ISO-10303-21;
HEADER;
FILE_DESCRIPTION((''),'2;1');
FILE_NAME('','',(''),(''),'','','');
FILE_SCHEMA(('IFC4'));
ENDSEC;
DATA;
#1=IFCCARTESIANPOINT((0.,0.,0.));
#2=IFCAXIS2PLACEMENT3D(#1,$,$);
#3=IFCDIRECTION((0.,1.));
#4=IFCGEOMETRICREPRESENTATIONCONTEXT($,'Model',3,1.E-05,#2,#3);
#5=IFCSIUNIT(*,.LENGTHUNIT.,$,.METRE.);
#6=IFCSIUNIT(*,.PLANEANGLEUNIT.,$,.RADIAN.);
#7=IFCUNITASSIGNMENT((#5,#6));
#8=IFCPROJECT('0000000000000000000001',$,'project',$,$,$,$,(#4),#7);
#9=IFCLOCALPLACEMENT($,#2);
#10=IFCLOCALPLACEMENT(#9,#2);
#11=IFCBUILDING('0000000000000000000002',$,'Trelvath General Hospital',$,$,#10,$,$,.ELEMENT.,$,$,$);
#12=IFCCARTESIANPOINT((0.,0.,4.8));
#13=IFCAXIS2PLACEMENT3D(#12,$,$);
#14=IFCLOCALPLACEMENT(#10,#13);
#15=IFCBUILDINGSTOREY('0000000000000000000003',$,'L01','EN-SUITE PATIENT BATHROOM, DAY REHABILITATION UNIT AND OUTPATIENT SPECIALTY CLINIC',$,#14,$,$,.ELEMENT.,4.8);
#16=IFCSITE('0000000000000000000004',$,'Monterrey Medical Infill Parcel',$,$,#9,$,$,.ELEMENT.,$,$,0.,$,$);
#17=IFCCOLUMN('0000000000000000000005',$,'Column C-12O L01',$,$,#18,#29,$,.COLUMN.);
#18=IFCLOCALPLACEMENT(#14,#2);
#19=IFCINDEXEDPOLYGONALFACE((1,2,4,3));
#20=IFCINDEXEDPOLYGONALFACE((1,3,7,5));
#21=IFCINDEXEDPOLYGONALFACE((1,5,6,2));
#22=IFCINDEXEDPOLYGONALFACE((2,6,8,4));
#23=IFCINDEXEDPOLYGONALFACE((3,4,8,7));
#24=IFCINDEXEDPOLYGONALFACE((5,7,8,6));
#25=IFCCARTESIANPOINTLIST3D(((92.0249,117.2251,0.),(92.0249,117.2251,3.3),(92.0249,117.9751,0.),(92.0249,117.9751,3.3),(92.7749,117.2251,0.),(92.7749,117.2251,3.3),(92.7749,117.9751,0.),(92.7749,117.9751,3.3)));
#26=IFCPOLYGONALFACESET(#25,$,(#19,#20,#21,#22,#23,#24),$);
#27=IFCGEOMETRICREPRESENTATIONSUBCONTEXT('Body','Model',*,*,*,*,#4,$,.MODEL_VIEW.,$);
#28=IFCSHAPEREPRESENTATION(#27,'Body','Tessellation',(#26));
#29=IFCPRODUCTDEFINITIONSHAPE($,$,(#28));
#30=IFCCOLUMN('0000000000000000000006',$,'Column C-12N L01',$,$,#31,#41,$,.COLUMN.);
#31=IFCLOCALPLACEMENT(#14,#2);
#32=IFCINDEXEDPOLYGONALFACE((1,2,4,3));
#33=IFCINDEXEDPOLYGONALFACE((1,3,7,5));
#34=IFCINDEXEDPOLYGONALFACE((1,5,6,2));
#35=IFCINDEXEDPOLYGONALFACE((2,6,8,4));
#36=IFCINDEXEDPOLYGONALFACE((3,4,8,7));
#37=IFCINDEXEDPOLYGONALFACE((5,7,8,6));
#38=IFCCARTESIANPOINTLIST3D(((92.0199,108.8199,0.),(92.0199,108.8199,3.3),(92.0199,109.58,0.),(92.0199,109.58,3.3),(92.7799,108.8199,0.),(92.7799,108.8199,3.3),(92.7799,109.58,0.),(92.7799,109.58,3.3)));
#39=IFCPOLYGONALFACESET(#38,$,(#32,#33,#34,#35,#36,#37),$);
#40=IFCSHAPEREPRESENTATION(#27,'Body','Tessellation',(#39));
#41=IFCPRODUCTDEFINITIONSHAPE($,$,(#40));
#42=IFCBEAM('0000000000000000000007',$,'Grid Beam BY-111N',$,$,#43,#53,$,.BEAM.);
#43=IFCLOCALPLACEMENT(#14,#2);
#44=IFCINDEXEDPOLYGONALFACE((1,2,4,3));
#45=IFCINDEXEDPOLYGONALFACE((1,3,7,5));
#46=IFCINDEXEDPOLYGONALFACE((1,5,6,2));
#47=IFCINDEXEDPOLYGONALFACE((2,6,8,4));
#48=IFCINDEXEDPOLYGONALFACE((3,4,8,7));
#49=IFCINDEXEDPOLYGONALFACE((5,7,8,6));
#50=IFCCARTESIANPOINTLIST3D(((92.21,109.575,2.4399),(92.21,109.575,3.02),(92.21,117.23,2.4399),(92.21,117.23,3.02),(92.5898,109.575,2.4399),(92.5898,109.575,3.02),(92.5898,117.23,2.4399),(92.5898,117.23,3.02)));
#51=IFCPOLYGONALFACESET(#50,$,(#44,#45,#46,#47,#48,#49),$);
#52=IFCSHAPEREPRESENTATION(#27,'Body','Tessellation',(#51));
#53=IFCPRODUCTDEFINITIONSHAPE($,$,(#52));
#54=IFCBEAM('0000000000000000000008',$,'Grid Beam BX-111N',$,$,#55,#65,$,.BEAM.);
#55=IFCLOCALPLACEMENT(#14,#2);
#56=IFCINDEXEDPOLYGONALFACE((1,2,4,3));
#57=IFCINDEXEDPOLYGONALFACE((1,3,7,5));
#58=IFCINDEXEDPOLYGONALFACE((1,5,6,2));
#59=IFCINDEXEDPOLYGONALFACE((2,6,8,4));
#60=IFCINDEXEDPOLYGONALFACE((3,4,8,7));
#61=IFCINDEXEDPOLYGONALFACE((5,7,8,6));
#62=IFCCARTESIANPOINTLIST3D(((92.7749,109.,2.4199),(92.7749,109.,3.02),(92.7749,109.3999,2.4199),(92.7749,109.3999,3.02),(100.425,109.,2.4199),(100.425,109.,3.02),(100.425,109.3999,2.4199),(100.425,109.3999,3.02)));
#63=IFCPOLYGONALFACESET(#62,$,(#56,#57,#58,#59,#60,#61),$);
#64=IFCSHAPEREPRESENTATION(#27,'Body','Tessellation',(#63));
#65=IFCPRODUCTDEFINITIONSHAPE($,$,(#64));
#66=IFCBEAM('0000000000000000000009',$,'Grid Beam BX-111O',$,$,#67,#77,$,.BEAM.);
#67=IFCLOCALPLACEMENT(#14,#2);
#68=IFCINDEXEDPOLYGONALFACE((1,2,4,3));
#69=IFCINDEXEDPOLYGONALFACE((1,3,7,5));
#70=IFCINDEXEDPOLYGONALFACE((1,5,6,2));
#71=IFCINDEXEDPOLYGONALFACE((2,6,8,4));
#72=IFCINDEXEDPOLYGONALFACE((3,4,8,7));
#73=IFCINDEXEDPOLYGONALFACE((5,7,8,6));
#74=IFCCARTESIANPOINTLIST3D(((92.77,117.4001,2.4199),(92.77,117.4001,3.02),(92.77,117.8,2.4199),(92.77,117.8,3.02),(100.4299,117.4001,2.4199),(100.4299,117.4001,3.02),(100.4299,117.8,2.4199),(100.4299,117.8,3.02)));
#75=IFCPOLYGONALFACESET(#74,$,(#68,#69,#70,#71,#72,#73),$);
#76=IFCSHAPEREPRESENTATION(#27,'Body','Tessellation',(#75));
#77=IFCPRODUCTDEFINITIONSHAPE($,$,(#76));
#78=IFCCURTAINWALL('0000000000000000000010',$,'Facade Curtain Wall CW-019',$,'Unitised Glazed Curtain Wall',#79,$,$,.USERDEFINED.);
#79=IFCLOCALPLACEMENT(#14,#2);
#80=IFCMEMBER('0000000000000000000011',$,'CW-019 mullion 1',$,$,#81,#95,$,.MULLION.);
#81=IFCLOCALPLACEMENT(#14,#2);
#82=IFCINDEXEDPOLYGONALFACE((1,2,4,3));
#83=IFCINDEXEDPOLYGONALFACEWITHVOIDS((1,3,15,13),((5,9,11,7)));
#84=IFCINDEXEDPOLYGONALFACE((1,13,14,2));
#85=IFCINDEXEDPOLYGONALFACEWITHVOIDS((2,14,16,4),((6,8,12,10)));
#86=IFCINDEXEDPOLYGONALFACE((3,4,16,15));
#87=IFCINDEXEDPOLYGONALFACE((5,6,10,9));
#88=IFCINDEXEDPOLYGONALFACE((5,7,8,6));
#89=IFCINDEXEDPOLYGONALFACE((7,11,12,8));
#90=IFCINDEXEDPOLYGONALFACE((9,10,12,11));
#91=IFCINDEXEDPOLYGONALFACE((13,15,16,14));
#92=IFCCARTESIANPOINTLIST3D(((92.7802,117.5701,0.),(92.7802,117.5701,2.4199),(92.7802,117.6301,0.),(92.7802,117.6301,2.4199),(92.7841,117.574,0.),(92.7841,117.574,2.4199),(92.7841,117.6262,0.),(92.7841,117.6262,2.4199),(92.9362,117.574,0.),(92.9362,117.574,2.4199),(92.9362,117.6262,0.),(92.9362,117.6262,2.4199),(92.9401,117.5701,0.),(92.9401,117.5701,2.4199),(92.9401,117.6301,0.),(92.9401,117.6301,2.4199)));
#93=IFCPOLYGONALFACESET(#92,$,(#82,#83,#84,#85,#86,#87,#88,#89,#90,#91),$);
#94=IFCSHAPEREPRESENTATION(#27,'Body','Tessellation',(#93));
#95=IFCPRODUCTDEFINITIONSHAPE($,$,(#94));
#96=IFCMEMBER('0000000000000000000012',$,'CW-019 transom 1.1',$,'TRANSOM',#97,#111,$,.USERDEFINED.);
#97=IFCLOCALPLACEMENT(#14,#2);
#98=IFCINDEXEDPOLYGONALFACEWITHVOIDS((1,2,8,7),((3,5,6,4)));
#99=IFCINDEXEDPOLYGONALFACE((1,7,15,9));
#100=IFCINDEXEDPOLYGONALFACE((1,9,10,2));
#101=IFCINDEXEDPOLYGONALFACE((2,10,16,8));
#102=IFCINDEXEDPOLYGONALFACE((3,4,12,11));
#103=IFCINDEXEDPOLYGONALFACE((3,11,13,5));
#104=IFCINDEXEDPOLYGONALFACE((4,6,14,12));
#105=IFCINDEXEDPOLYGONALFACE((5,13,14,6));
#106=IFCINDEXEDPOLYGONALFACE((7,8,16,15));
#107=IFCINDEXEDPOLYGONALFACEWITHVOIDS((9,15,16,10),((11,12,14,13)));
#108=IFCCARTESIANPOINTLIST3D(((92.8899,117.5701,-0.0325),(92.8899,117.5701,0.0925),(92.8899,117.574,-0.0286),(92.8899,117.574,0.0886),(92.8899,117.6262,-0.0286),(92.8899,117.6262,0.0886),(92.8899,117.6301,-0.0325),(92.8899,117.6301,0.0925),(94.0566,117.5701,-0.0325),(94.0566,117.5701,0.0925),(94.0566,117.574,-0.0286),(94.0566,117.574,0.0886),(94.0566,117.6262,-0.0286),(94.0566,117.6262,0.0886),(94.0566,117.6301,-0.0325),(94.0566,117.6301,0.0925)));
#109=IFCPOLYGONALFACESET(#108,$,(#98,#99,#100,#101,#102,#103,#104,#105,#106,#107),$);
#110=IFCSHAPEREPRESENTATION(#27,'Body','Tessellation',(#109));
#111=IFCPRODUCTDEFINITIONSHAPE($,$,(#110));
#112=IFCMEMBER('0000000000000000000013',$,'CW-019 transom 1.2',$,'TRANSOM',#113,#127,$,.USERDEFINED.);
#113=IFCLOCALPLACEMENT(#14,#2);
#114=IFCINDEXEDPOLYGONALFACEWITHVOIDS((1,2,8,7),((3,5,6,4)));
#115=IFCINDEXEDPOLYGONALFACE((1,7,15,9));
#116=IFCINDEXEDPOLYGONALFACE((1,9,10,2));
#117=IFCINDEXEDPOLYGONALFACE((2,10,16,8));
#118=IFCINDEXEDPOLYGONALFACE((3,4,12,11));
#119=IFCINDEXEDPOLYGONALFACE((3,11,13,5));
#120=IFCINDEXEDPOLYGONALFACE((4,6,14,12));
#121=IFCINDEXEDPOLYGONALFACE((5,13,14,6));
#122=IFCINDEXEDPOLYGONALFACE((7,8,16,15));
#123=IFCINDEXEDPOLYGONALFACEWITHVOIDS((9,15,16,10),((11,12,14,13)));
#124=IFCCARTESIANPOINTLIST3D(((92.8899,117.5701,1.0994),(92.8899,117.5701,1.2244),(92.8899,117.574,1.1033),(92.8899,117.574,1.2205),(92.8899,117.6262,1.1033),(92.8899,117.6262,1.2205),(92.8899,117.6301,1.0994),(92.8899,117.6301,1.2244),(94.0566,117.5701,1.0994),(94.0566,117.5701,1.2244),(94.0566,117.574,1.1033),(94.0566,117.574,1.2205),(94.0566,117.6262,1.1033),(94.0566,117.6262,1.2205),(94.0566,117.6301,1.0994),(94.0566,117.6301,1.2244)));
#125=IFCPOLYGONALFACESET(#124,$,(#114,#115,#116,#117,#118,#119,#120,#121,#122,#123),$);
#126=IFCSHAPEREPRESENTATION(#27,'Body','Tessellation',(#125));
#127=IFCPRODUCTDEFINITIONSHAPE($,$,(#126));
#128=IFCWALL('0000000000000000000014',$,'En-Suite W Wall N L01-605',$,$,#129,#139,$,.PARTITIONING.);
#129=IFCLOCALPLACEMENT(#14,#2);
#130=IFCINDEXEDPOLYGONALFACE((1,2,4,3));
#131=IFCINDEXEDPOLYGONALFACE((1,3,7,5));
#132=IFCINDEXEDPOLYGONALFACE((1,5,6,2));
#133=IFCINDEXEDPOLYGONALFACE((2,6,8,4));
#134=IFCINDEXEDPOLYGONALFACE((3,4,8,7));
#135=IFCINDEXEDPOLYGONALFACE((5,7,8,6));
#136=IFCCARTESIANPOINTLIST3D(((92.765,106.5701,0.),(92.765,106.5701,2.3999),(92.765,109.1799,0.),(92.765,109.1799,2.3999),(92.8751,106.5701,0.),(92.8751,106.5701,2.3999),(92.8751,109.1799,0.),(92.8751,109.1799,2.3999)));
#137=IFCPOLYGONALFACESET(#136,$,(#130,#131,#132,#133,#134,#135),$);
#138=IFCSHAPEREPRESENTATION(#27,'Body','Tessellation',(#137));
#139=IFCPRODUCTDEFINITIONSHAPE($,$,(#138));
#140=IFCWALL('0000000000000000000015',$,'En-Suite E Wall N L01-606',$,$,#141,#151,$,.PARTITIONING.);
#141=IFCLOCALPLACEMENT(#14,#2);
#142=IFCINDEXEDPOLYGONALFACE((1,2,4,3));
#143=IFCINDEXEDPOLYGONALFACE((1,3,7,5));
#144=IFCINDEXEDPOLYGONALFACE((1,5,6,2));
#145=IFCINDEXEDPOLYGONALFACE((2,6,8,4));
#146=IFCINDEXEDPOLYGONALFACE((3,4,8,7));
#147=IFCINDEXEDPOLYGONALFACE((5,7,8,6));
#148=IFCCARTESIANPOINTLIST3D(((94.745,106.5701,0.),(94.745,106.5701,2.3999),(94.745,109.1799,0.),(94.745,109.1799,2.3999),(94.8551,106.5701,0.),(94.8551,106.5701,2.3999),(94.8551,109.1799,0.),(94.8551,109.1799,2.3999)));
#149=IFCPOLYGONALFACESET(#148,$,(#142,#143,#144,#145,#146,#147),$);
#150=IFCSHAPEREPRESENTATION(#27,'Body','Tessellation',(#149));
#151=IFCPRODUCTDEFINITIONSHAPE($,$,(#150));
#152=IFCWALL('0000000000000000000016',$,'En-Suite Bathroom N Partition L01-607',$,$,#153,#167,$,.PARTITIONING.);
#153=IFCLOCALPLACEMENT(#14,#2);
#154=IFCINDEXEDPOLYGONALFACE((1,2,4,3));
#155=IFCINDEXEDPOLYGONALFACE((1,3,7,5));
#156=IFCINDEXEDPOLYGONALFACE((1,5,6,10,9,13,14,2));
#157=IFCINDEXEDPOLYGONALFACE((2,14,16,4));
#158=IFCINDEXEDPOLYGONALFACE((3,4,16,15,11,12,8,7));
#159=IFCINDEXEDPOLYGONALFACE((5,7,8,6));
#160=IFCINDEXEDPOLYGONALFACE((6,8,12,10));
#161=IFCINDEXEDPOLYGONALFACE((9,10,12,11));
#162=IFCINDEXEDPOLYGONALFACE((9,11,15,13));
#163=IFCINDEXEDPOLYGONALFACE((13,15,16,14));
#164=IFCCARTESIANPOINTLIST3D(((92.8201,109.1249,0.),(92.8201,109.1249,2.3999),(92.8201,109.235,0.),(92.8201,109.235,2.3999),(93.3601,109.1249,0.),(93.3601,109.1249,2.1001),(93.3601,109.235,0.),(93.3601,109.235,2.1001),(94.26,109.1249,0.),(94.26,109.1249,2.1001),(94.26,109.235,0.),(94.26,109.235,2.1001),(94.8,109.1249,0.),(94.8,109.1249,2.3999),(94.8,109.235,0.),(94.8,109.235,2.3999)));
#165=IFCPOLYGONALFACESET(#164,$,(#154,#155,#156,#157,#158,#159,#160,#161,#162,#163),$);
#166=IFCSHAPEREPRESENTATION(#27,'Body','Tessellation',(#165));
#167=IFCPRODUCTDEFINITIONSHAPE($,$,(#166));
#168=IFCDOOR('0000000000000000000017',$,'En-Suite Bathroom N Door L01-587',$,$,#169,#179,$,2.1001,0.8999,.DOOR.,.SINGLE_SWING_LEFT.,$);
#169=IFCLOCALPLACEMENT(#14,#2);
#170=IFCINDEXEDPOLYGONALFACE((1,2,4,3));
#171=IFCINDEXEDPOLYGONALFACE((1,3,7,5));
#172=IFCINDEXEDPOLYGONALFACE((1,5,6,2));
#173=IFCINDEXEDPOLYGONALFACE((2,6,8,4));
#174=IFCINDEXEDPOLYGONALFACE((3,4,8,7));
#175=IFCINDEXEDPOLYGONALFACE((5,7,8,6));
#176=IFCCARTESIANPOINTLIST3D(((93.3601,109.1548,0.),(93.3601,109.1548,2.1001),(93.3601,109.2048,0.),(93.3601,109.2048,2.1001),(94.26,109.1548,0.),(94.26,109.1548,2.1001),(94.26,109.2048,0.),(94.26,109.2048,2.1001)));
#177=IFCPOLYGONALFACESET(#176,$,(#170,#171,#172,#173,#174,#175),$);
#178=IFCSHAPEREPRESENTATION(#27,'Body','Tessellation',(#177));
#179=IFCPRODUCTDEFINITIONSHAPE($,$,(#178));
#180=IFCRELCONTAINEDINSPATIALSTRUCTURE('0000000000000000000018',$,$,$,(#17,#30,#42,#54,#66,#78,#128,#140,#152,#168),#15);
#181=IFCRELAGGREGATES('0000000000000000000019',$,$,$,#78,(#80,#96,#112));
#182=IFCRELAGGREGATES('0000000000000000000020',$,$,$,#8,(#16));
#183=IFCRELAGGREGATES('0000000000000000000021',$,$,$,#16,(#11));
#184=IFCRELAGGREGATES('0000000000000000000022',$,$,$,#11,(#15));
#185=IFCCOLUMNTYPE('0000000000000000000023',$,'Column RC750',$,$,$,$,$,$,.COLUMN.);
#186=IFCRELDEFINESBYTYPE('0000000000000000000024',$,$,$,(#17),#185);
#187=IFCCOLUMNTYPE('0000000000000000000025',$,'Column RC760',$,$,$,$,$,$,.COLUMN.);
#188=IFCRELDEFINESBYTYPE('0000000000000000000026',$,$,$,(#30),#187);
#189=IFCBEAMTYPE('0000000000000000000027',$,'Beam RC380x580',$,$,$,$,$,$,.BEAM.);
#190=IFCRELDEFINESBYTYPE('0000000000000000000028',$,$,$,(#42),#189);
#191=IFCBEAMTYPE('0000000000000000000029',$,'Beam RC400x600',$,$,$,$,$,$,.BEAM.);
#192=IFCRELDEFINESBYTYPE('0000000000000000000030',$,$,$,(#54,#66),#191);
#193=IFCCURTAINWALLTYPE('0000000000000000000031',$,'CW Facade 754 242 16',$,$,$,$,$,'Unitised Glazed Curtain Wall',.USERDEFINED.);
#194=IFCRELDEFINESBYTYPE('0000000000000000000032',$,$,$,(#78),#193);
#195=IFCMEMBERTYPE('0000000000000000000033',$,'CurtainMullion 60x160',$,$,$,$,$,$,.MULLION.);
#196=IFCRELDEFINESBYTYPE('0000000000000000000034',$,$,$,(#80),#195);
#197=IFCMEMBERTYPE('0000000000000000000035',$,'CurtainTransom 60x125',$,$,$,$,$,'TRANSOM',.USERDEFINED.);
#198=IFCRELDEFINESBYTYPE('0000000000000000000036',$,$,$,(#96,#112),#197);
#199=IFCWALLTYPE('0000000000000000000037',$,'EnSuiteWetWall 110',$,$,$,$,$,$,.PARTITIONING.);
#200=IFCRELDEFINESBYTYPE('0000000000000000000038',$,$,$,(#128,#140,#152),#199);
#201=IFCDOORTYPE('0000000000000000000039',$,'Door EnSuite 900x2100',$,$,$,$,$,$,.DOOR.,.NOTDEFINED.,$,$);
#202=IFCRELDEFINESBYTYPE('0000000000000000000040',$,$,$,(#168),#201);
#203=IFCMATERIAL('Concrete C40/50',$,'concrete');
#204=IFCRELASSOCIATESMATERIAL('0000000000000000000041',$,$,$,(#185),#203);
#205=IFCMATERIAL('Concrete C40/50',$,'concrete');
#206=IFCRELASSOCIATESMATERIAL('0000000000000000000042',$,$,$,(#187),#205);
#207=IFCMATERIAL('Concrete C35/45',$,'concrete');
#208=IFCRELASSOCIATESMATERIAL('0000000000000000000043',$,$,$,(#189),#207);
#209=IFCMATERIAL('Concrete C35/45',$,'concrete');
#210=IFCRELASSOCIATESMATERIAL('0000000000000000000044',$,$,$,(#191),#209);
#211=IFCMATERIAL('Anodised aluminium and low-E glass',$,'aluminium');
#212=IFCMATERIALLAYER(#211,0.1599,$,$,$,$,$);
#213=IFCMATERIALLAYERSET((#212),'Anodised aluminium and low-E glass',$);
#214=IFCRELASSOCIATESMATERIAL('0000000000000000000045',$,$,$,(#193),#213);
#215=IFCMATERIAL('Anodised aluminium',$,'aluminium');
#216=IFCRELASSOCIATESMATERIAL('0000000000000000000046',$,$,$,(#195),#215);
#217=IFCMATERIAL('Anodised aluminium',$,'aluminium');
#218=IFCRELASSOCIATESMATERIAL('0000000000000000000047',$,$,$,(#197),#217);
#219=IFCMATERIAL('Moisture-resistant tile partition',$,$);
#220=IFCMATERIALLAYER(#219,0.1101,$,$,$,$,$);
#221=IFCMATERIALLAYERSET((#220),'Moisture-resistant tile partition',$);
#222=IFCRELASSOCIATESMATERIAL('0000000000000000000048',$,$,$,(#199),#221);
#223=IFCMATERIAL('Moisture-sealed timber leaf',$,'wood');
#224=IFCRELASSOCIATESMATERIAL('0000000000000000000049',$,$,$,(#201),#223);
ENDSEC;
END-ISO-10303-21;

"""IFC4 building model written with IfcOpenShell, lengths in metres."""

from ifc_helpers import new_model, si_unit, direction, frame, frame_2d, origin, origin_2d, place, context, subcontext, project, spatial, rectangle, hollow_rectangle, extrude, material, layer, layer_set, material_profile, profile_set, type_object, element, fill, aggregate, save


model = new_model("IFC4")

# Units and contexts
model_context = context("Model", 3, precision=1e-05, world=origin(), true_north=direction((0.0, 1.0)))
body_context = subcontext(model_context, "Body", "Model", "MODEL_VIEW")
ifc_project = project(units=[si_unit("LENGTHUNIT", "METRE"), si_unit("PLANEANGLEUNIT", "RADIAN")], contexts=[model_context])

# Site, building, storey
site_placement = place(None, origin())
site = spatial("IfcSite", under=ifc_project, at=site_placement, Name="Monterrey Medical Infill Parcel", CompositionType="ELEMENT", RefElevation=0.0)
building_placement = place(site_placement, origin())
building = spatial("IfcBuilding", under=site, at=building_placement, Name="Trelvath General Hospital", CompositionType="ELEMENT")
storey_placement = place(building_placement, frame((0.0, 0.0, 4.8)))
storey = spatial("IfcBuildingStorey", under=building, at=storey_placement, Name="L01", Description="EN-SUITE PATIENT BATHROOM, DAY REHABILITATION UNIT AND OUTPATIENT SPECIALTY CLINIC", CompositionType="ELEMENT", Elevation=4.8)

# Columns
ifc_material_1 = material(Name="Concrete C40/50", Category="concrete")
ifc_material_profile_1 = material_profile(ifc_material_1, rectangle(XDim=0.75, YDim=0.75, at=origin_2d()), Name="RC750x750")
ifc_profile_set_1 = profile_set([ifc_material_profile_1], Name="Concrete C40/50")
column_type_1 = type_object("IfcColumnType", Name="Column RC750", PredefinedType="COLUMN", material=ifc_profile_set_1)
column_1_placement = place(storey_placement, frame((92.3999, 117.6001, 0.0), z_axis=(0.0, 0.0, 1.0), x_axis=(1.0, 0.0, 0.0)))
element("IfcColumn", 1, at=column_1_placement, inside=storey, type_object=column_type_1, Name="Column C-12O L01", PredefinedType="COLUMN", context=body_context, shape_type="SweptSolid", body=[
    extrude(rectangle(XDim=0.75, YDim=0.75, at=origin_2d()), origin(), (0.0, 0.0, 1.0), 3.3),
])
ifc_material_2 = material(Name="Concrete C40/50", Category="concrete")
ifc_material_profile_2 = material_profile(ifc_material_2, rectangle(XDim=0.76, YDim=0.76, at=origin_2d()), Name="RC760x760")
ifc_profile_set_2 = profile_set([ifc_material_profile_2], Name="Concrete C40/50")
column_type_2 = type_object("IfcColumnType", Name="Column RC760", PredefinedType="COLUMN", material=ifc_profile_set_2)
column_2_placement = place(storey_placement, frame((92.3999, 109.2, 0.0), z_axis=(0.0, 0.0, 1.0), x_axis=(1.0, 0.0, 0.0)))
element("IfcColumn", 2, at=column_2_placement, inside=storey, type_object=column_type_2, Name="Column C-12N L01", PredefinedType="COLUMN", context=body_context, shape_type="SweptSolid", body=[
    extrude(rectangle(XDim=0.76, YDim=0.76, at=origin_2d()), origin(), (0.0, 0.0, 1.0), 3.3),
])

# Beams
ifc_material_3 = material(Name="Concrete C35/45", Category="concrete")
ifc_material_profile_3 = material_profile(ifc_material_3, rectangle(XDim=0.3799, YDim=0.5801, at=origin_2d()), Name="RCB380x580")
ifc_profile_set_3 = profile_set([ifc_material_profile_3], Name="Concrete C35/45")
beam_type_1 = type_object("IfcBeamType", Name="Beam RC380x580", PredefinedType="BEAM", material=ifc_profile_set_3)
beam_1_placement = place(storey_placement, frame((92.3999, 109.575, 2.73), z_axis=(0.0, 1.0, 0.0), x_axis=(-1.0, 0.0, 0.0)))
element("IfcBeam", 3, at=beam_1_placement, inside=storey, type_object=beam_type_1, Name="Grid Beam BY-111N", PredefinedType="BEAM", context=body_context, shape_type="SweptSolid", body=[
    extrude(rectangle(XDim=0.3799, YDim=0.5801, at=origin_2d()), origin(), (0.0, 0.0, 1.0), 7.655),
])
ifc_material_4 = material(Name="Concrete C35/45", Category="concrete")
ifc_material_profile_4 = material_profile(ifc_material_4, rectangle(XDim=0.3999, YDim=0.6001, at=origin_2d()), Name="RCB400x600")
ifc_profile_set_4 = profile_set([ifc_material_profile_4], Name="Concrete C35/45")
beam_type_2 = type_object("IfcBeamType", Name="Beam RC400x600", PredefinedType="BEAM", material=ifc_profile_set_4)
beam_2_placement = place(storey_placement, frame((92.7749, 109.2, 2.72), z_axis=(1.0, 0.0, 0.0), x_axis=(0.0, 1.0, 0.0)))
element("IfcBeam", 4, at=beam_2_placement, inside=storey, type_object=beam_type_2, Name="Grid Beam BX-111N", PredefinedType="BEAM", context=body_context, shape_type="SweptSolid", body=[
    extrude(rectangle(XDim=0.3999, YDim=0.6001, at=origin_2d()), origin(), (0.0, 0.0, 1.0), 7.6501),
])
beam_3_placement = place(storey_placement, frame((92.77, 117.6001, 2.72), z_axis=(1.0, 0.0, 0.0), x_axis=(0.0, 1.0, 0.0)))
element("IfcBeam", 5, at=beam_3_placement, inside=storey, type_object=beam_type_2, Name="Grid Beam BX-111O", PredefinedType="BEAM", context=body_context, shape_type="SweptSolid", body=[
    extrude(rectangle(XDim=0.3999, YDim=0.6001, at=origin_2d()), origin(), (0.0, 0.0, 1.0), 7.6599),
])

# Curtain wall, members
ifc_material_5 = material(Name="Anodised aluminium and low-E glass", Category="aluminium")
ifc_layer_1 = layer(ifc_material_5, 0.1599)
ifc_layer_set_1 = layer_set([ifc_layer_1], Name="Anodised aluminium and low-E glass")
curtain_wall_type = type_object("IfcCurtainWallType", Name="CW Facade 754 242 16", ElementType="Unitised Glazed Curtain Wall", PredefinedType="USERDEFINED", material=ifc_layer_set_1)
curtain_wall_placement = place(storey_placement, origin())
curtain_wall = element("IfcCurtainWall", 6, at=curtain_wall_placement, inside=storey, type_object=curtain_wall_type, Name="Facade Curtain Wall CW-019", ObjectType="Unitised Glazed Curtain Wall", PredefinedType="USERDEFINED")
ifc_material_6 = material(Name="Anodised aluminium", Category="aluminium")
ifc_material_profile_5 = material_profile(ifc_material_6, hollow_rectangle(XDim=0.0601, YDim=0.1599, WallThickness=0.0039, at=origin_2d()), Name="RHS60x160x4")
ifc_profile_set_5 = profile_set([ifc_material_profile_5], Name="Anodised aluminium")
member_type_1 = type_object("IfcMemberType", Name="CurtainMullion 60x160", PredefinedType="MULLION", material=ifc_profile_set_5)
member_1_placement = place(storey_placement, frame((92.8601, 117.6001, 0.0), z_axis=(0.0, 0.0, 1.0), x_axis=(0.0, 1.0, 0.0)))
member_1 = element("IfcMember", 7, at=member_1_placement, type_object=member_type_1, Name="CW-019 mullion 1", PredefinedType="MULLION", context=body_context, shape_type="SweptSolid", body=[
    extrude(hollow_rectangle(XDim=0.0601, YDim=0.1599, WallThickness=0.0039, at=origin_2d()), origin(), (0.0, 0.0, 1.0), 2.4199),
])
ifc_material_7 = material(Name="Anodised aluminium", Category="aluminium")
ifc_material_profile_6 = material_profile(ifc_material_7, hollow_rectangle(XDim=0.0601, YDim=0.125, WallThickness=0.0039, at=origin_2d()), Name="RHS60x125x4")
ifc_profile_set_6 = profile_set([ifc_material_profile_6], Name="Anodised aluminium")
member_type_2 = type_object("IfcMemberType", Name="CurtainTransom 60x125", ElementType="TRANSOM", PredefinedType="USERDEFINED", material=ifc_profile_set_6)
member_2_placement = place(storey_placement, frame((92.8899, 117.6001, 0.03), z_axis=(1.0, 0.0, 0.0), x_axis=(0.0, 1.0, 0.0)))
member_2 = element("IfcMember", 8, at=member_2_placement, type_object=member_type_2, Name="CW-019 transom 1.1", ObjectType="TRANSOM", PredefinedType="USERDEFINED", context=body_context, shape_type="SweptSolid", body=[
    extrude(hollow_rectangle(XDim=0.0601, YDim=0.125, WallThickness=0.0039, at=origin_2d()), origin(), (0.0, 0.0, 1.0), 1.1667),
])
member_3_placement = place(storey_placement, frame((92.8899, 117.6001, 1.1619), z_axis=(1.0, 0.0, 0.0), x_axis=(0.0, 1.0, 0.0)))
member_3 = element("IfcMember", 9, at=member_3_placement, type_object=member_type_2, Name="CW-019 transom 1.2", ObjectType="TRANSOM", PredefinedType="USERDEFINED", context=body_context, shape_type="SweptSolid", body=[
    extrude(hollow_rectangle(XDim=0.0601, YDim=0.125, WallThickness=0.0039, at=origin_2d()), origin(), (0.0, 0.0, 1.0), 1.1667),
])
aggregate(curtain_wall, [member_1, member_2, member_3])

# Walls
ifc_material_8 = material(Name="Moisture-resistant tile partition")
ifc_layer_2 = layer(ifc_material_8, 0.1101)
ifc_layer_set_2 = layer_set([ifc_layer_2], Name="Moisture-resistant tile partition")
wall_type_1 = type_object("IfcWallType", Name="EnSuiteWetWall 110", PredefinedType="PARTITIONING", material=ifc_layer_set_2)
for number, where, z_axis, x_axis, name in (
    (10, (92.8201, 106.5701, 0.0), (0.0, 0.0, 1.0), (0.0, 1.0, 0.0), "En-Suite W Wall N L01-605"),
    (11, (94.8, 106.5701, 0.0), (0.0, 0.0, 1.0), (0.0, 1.0, 0.0), "En-Suite E Wall N L01-606"),
):
    element("IfcWall", number, at=place(storey_placement, frame(where, z_axis=z_axis, x_axis=x_axis)), inside=storey, type_object=wall_type_1, Name=name, PredefinedType="PARTITIONING", context=body_context, shape_type="SweptSolid", body=[
        extrude(rectangle(XDim=2.6099, YDim=0.1101, at=frame_2d((1.3049, 0.0))), origin(), (0.0, 0.0, 1.0), 2.3999),
    ])

# Wall, opening, door
wall_1_placement = place(storey_placement, frame((92.8201, 109.1799, 0.0), z_axis=(0.0, 0.0, 1.0), x_axis=(1.0, 0.0, 0.0)))
wall_1 = element("IfcWall", 12, at=wall_1_placement, inside=storey, type_object=wall_type_1, Name="En-Suite Bathroom N Partition L01-607", PredefinedType="PARTITIONING", context=body_context, shape_type="SweptSolid", body=[
    extrude(rectangle(XDim=1.98, YDim=0.1101, at=frame_2d((0.99, 0.0))), origin(), (0.0, 0.0, 1.0), 2.3999),
])
opening_1_placement = place(wall_1_placement, frame((0.54, 0.0, 0.0)))
opening_1 = element("IfcOpeningElement", 13, at=opening_1_placement, cuts=wall_1, PredefinedType="OPENING", context=body_context, shape_type="SweptSolid", body=[
    extrude(rectangle(XDim=0.8999, YDim=2.1001, at=frame_2d((0.45, 1.05))), frame((0.0, 0.0649, 0.0), z_axis=(0.0, -1.0, 0.0), x_axis=(1.0, 0.0, 0.0)), (0.0, 0.0, 1.0), 0.1301),
])
ifc_material_9 = material(Name="Moisture-sealed timber leaf", Category="wood")
door_type_1 = type_object("IfcDoorType", Name="Door EnSuite 900x2100", OperationType="NOTDEFINED", PredefinedType="DOOR", material=ifc_material_9)
door_1_placement = place(opening_1_placement, origin())
door_1 = element("IfcDoor", 14, at=door_1_placement, inside=storey, type_object=door_type_1, Name="En-Suite Bathroom N Door L01-587", OperationType="SINGLE_SWING_LEFT", OverallHeight=2.1001, OverallWidth=0.8999, PredefinedType="DOOR", context=body_context, shape_type="SweptSolid", body=[
    extrude(rectangle(XDim=0.8999, YDim=2.1001, at=frame_2d((0.45, 1.05))), frame((0.0, 0.0249, 0.0), z_axis=(0.0, -1.0, 0.0), x_axis=(1.0, 0.0, 0.0)), (0.0, 0.0, 1.0), 0.05),
])
fill(opening_1, door_1)

save(model, "model.ifc")
